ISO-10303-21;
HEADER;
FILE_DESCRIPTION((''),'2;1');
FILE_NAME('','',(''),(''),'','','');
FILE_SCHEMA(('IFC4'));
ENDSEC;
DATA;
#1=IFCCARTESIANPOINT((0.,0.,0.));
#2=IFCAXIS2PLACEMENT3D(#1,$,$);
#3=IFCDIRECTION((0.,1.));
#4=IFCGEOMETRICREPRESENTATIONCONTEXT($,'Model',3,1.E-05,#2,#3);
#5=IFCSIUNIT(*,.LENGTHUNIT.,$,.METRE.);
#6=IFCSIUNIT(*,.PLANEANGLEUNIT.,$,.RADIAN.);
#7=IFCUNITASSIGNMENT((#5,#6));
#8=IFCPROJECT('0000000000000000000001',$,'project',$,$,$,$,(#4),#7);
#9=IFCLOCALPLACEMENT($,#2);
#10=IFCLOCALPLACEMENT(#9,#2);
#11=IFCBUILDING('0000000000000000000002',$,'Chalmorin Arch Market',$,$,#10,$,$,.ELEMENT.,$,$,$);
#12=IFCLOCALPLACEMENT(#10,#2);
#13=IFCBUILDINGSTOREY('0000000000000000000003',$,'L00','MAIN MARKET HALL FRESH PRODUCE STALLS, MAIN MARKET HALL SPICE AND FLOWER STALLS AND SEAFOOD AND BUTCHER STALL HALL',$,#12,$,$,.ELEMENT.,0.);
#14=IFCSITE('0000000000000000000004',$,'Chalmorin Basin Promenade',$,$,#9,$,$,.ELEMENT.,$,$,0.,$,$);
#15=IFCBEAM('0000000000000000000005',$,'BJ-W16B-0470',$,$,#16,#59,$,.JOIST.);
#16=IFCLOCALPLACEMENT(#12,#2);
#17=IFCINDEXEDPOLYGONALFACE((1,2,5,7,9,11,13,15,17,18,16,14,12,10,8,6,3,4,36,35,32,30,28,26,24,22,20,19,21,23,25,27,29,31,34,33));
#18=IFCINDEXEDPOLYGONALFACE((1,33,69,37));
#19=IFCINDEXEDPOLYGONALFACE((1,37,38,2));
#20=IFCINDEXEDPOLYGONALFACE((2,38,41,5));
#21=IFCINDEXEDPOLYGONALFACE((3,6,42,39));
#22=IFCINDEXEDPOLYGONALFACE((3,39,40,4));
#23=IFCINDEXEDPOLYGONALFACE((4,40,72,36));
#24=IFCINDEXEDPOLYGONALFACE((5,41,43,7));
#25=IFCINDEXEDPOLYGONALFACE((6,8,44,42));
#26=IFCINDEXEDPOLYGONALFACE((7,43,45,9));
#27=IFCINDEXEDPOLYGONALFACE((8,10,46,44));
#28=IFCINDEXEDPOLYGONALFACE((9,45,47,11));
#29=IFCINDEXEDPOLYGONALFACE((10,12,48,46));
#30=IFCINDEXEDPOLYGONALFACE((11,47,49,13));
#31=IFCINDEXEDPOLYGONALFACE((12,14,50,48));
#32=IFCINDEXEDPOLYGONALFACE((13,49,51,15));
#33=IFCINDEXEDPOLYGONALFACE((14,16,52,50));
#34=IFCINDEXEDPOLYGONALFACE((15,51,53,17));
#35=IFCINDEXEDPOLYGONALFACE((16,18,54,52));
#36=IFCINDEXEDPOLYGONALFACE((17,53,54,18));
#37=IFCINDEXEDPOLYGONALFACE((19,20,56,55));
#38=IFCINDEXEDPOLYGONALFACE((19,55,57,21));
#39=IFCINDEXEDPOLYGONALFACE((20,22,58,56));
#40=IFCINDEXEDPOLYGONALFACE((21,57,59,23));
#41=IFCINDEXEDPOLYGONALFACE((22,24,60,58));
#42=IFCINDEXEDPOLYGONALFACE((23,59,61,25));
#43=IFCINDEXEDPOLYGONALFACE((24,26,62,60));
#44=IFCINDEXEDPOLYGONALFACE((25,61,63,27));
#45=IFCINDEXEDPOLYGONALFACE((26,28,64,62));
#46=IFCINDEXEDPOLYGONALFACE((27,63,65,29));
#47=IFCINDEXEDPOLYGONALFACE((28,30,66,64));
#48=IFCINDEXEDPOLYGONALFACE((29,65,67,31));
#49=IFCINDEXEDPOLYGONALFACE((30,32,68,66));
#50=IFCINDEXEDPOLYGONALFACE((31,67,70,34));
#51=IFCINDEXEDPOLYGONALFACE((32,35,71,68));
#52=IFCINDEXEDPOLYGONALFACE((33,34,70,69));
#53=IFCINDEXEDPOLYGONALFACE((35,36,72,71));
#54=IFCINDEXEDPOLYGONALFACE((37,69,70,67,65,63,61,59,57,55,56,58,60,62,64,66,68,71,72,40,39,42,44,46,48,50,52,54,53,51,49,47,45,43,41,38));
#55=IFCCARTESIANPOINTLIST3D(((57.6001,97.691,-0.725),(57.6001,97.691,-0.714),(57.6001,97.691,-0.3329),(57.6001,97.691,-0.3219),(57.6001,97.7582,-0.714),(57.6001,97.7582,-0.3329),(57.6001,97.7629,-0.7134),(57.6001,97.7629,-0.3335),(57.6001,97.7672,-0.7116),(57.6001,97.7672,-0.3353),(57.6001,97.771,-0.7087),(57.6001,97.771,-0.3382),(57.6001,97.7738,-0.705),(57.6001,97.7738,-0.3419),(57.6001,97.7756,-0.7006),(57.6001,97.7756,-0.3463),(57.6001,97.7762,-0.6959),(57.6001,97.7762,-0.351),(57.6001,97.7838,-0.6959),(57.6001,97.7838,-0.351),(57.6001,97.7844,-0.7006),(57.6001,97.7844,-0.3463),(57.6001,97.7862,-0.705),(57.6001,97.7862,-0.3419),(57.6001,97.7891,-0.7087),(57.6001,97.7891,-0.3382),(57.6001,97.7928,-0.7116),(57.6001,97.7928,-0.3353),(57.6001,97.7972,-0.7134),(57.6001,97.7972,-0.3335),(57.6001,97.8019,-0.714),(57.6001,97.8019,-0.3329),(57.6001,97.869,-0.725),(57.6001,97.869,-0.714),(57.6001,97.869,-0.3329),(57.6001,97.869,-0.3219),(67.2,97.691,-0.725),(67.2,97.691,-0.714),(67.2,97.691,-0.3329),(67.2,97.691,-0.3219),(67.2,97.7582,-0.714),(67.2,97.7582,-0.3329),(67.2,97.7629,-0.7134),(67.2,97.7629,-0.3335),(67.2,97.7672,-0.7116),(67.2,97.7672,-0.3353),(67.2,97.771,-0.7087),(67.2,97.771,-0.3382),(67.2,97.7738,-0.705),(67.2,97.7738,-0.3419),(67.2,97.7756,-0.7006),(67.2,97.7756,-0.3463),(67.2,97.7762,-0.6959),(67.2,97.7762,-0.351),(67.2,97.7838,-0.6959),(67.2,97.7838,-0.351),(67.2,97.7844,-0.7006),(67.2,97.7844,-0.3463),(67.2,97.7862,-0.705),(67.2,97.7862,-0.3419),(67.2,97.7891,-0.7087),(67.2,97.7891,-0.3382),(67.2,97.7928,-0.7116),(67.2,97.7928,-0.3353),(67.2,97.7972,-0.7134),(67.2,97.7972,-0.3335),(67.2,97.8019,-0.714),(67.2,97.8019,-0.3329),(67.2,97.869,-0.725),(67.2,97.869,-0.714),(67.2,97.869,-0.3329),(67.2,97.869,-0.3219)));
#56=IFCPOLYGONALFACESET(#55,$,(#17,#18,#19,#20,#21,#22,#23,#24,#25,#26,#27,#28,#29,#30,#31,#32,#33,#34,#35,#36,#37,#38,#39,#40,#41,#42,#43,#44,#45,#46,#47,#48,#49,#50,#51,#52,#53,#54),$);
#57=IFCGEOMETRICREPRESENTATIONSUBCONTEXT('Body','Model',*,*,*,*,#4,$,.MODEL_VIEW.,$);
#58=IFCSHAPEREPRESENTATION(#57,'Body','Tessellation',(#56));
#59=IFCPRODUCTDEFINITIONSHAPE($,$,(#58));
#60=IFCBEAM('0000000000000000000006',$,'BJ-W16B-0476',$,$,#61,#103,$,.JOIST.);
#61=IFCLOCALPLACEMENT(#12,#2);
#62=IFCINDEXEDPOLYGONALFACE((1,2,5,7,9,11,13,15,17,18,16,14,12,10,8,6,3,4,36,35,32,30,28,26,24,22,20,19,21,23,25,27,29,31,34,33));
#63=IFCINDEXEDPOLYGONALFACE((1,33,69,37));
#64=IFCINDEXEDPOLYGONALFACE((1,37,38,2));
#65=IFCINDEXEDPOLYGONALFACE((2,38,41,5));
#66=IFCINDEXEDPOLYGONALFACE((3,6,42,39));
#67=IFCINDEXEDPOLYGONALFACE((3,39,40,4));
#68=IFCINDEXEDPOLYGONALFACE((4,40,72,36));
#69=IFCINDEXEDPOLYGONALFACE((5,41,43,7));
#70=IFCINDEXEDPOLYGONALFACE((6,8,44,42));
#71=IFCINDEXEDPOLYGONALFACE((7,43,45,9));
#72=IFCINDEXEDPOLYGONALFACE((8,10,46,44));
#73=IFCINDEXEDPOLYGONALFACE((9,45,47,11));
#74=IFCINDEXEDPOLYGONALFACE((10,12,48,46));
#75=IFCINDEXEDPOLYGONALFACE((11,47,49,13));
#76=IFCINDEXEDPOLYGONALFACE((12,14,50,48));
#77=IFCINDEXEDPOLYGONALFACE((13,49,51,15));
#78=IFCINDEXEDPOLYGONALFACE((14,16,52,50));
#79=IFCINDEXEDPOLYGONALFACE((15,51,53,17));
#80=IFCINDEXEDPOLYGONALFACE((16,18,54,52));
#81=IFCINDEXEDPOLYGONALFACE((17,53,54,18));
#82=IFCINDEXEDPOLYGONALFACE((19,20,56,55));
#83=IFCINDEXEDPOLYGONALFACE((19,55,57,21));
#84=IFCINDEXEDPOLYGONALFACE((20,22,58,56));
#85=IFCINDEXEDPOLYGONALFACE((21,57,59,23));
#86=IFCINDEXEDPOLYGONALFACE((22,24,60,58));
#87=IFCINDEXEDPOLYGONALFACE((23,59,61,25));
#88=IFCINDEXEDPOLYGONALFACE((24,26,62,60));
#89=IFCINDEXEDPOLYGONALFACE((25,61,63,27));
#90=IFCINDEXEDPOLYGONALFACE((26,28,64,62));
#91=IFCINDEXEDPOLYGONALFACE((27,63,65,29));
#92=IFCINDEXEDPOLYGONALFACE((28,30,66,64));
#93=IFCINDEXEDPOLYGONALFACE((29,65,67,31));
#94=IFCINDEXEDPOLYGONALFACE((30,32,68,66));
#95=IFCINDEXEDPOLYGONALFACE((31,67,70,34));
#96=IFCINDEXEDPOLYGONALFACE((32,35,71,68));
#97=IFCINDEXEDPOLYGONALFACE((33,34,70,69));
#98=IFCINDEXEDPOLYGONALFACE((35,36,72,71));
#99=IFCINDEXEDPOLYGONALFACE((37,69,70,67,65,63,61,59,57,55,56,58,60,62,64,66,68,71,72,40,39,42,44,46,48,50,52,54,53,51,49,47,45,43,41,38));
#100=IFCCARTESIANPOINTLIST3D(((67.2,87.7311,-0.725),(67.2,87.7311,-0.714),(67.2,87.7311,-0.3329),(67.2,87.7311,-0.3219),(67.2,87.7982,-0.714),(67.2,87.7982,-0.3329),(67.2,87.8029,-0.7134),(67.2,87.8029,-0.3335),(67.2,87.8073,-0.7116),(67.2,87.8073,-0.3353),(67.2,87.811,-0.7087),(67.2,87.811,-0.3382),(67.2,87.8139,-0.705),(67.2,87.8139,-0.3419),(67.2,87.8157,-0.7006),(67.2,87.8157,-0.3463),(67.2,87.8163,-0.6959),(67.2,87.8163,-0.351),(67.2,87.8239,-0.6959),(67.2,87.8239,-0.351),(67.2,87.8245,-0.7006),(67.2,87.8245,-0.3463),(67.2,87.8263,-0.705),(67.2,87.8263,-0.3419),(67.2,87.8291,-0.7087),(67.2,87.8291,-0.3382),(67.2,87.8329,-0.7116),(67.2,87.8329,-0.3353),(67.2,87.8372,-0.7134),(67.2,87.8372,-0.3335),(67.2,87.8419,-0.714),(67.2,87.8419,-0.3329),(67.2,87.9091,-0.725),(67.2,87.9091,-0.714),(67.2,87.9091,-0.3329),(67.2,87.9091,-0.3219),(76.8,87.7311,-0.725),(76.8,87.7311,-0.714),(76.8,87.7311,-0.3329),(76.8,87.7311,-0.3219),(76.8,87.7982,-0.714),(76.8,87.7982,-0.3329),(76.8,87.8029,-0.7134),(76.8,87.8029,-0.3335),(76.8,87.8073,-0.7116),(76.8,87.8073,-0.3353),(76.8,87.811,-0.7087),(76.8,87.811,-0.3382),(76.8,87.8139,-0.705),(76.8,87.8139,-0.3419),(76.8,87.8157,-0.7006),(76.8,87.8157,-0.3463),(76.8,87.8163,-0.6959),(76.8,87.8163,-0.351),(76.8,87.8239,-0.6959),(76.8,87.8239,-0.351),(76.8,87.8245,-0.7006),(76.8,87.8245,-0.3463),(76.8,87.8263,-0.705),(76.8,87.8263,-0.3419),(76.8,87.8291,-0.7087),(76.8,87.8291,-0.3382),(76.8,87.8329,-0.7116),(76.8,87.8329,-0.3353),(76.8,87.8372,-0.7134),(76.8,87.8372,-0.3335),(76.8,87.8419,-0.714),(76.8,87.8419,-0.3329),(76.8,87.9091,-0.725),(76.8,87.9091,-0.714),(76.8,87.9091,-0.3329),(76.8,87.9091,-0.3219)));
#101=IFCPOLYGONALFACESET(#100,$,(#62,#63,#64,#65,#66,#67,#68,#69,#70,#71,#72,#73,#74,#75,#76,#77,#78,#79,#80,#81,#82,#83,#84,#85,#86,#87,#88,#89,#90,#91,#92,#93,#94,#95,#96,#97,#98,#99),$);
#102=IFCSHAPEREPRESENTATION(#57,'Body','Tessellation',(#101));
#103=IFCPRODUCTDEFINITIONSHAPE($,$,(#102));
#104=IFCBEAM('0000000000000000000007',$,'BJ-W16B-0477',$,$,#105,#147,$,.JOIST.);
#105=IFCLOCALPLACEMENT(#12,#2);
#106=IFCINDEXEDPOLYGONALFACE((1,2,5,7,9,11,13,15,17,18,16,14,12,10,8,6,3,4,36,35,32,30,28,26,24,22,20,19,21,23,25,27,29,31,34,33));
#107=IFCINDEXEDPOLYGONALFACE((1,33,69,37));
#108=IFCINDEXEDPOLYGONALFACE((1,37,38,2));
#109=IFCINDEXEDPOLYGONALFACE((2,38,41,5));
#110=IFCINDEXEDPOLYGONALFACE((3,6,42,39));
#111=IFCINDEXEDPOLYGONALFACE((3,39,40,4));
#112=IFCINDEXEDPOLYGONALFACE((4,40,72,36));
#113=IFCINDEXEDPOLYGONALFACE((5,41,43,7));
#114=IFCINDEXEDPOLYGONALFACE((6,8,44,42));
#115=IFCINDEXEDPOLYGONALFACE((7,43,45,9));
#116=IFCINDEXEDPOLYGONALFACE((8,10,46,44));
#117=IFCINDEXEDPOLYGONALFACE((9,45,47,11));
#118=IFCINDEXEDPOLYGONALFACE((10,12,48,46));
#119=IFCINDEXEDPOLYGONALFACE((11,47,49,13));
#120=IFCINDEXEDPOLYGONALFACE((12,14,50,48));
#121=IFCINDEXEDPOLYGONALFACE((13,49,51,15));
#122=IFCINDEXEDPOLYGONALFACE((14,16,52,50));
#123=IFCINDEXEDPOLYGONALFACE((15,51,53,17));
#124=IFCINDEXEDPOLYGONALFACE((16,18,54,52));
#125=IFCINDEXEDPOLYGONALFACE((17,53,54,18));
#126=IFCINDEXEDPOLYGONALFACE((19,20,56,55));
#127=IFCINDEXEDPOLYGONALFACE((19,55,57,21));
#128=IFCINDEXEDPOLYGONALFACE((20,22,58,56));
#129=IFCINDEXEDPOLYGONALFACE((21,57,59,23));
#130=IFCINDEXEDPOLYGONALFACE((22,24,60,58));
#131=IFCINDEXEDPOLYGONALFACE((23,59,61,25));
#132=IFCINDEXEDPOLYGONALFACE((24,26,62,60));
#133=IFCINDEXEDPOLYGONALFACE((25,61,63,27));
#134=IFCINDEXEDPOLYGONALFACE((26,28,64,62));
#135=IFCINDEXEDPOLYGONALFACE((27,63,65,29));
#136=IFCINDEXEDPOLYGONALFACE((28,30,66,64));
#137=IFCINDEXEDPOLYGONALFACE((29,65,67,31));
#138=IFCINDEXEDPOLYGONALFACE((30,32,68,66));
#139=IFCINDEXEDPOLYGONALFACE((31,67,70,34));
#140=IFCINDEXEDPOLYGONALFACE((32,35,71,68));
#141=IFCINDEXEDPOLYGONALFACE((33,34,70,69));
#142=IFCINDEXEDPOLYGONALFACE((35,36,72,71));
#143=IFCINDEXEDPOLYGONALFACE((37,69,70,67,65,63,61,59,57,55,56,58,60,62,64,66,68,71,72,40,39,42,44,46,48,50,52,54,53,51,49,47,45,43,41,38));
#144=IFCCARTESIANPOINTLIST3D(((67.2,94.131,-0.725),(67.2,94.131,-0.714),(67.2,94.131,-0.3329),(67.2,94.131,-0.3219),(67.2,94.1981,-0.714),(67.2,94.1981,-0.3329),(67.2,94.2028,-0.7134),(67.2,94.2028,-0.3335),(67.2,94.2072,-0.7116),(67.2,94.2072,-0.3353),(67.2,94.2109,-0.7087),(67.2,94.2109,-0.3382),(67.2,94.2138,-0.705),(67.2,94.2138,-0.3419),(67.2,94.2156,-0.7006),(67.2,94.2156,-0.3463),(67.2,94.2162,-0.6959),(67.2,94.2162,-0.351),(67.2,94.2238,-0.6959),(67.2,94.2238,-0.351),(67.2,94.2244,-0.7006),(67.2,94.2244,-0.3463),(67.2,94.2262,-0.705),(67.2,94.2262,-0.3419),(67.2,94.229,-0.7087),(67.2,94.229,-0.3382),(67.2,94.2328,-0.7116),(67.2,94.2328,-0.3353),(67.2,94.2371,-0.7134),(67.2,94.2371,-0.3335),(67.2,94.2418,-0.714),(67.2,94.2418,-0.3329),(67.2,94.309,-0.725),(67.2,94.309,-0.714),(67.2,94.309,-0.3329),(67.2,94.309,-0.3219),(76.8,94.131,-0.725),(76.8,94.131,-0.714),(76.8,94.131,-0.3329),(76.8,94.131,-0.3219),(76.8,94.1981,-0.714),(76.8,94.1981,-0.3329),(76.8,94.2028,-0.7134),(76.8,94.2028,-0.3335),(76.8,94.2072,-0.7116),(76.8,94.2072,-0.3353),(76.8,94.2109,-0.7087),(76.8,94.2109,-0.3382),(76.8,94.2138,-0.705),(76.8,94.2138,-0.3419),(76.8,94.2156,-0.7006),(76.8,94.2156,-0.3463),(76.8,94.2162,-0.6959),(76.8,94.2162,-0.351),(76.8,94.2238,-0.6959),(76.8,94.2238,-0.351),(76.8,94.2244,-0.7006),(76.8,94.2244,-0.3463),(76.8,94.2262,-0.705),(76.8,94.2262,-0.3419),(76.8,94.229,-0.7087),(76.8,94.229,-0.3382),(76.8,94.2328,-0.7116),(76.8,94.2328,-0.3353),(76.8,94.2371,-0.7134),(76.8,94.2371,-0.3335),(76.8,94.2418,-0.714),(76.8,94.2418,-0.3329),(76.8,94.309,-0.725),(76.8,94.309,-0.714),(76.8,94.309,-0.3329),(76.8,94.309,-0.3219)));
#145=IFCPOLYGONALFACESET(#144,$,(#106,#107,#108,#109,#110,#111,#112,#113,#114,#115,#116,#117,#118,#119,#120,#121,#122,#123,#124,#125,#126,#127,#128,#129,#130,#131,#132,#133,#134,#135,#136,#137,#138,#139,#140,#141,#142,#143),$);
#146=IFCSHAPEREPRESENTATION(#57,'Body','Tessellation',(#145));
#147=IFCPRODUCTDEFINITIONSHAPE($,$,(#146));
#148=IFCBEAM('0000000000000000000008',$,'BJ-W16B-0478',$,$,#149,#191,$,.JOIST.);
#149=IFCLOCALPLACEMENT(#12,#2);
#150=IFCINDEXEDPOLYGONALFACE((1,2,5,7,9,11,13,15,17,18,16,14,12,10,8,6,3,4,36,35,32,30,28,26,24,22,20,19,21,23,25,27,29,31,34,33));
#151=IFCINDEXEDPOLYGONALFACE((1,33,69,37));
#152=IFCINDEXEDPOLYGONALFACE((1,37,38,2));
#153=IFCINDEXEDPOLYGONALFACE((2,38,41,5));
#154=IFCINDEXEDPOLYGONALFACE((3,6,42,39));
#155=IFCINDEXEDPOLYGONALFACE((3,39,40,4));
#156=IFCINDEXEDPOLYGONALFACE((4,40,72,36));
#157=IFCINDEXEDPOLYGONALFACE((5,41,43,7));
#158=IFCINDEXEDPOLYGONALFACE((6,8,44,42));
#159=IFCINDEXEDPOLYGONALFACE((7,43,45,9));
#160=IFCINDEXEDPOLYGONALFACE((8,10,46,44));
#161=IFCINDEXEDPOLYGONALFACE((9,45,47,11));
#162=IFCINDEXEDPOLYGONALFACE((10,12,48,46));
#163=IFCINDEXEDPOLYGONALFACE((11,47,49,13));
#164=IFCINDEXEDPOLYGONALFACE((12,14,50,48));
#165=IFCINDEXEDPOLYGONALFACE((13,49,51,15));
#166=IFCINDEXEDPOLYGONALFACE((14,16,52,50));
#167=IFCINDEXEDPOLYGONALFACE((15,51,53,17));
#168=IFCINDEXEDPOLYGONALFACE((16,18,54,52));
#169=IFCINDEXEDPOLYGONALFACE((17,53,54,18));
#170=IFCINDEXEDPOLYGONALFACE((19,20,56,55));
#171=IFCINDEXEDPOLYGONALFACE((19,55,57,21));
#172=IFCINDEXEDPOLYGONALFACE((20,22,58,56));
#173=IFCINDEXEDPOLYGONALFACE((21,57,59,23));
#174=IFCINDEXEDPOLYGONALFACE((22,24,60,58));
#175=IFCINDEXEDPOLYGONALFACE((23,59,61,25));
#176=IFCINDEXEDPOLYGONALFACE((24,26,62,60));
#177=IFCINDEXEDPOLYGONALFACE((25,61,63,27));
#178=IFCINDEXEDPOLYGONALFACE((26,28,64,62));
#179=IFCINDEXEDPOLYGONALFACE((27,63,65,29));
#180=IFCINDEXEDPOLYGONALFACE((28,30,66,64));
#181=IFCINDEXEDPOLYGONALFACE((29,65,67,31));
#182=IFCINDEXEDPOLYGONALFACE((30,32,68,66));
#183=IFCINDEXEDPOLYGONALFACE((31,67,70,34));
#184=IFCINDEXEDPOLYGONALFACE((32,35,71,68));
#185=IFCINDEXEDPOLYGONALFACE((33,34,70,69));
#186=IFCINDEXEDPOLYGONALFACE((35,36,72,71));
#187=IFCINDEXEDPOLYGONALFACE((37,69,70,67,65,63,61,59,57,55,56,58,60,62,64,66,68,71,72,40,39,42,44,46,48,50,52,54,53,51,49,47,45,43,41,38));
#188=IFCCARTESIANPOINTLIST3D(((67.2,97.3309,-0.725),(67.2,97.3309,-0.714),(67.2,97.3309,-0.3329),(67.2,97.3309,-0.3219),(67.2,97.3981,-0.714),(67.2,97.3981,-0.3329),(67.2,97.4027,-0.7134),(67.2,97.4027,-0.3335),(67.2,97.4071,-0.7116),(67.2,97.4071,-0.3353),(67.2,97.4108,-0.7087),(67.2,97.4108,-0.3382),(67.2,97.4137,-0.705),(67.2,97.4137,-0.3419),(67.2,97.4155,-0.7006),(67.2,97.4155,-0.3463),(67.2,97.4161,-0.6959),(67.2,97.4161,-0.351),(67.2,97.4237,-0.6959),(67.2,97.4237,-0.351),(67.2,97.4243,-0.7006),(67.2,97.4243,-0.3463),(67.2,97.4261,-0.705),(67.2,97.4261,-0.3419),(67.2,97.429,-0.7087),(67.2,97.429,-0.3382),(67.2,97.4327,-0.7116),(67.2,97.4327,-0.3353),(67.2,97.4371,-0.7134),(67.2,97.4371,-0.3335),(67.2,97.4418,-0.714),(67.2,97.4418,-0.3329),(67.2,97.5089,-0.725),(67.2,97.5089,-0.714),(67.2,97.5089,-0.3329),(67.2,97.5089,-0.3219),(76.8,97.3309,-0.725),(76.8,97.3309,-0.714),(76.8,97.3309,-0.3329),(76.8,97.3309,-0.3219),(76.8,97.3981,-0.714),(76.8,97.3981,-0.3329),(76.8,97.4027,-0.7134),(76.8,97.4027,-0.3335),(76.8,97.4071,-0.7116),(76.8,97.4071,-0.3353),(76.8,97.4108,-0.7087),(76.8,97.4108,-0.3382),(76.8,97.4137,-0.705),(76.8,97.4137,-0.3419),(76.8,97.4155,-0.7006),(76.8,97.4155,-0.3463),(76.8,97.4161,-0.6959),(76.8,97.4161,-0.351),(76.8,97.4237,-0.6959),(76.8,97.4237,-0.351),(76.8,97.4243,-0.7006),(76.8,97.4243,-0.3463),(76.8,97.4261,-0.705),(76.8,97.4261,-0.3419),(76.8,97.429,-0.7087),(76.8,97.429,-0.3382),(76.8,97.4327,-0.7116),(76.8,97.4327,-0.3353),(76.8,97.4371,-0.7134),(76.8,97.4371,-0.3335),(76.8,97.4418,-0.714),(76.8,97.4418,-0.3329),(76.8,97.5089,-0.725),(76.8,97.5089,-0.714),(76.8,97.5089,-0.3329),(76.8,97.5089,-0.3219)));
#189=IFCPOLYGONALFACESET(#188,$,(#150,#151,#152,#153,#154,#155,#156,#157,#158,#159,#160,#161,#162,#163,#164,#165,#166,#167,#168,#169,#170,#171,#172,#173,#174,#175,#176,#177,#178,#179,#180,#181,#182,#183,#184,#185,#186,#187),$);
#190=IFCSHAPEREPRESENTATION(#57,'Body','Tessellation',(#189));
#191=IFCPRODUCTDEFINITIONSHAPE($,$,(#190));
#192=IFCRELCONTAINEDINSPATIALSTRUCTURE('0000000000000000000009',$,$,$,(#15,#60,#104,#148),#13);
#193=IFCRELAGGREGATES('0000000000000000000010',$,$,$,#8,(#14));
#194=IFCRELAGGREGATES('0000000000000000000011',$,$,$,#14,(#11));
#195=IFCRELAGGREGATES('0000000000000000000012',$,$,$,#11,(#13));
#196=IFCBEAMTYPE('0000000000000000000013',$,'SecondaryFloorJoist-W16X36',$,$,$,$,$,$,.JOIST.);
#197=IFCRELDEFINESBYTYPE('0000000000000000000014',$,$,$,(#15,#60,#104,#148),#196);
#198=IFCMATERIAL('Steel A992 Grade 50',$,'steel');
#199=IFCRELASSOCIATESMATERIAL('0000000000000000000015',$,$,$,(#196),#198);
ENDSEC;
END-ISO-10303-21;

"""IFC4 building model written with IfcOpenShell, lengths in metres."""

from ifc_helpers import new_model, si_unit, direction, frame, origin, origin_2d, place, context, subcontext, project, spatial, i_section, extrude, material, material_profile, profile_set, type_object, element, save


model = new_model("IFC4")

# Units and contexts
model_context = context("Model", 3, precision=1e-05, world=origin(), true_north=direction((0.0, 1.0)))
body_context = subcontext(model_context, "Body", "Model", "MODEL_VIEW")
ifc_project = project(units=[si_unit("LENGTHUNIT", "METRE"), si_unit("PLANEANGLEUNIT", "RADIAN")], contexts=[model_context])

# Site, building, storey
site_placement = place(None, origin())
site = spatial("IfcSite", under=ifc_project, at=site_placement, Name="Chalmorin Basin Promenade", CompositionType="ELEMENT", RefElevation=0.0)
building_placement = place(site_placement, origin())
building = spatial("IfcBuilding", under=site, at=building_placement, Name="Chalmorin Arch Market", CompositionType="ELEMENT")
storey_placement = place(building_placement, origin())
storey = spatial("IfcBuildingStorey", under=building, at=storey_placement, Name="L00", Description="MAIN MARKET HALL FRESH PRODUCE STALLS, MAIN MARKET HALL SPICE AND FLOWER STALLS AND SEAFOOD AND BUTCHER STALL HALL", CompositionType="ELEMENT", Elevation=0.0)

# Beams
ifc_material_1 = material(Name="Steel A992 Grade 50", Category="steel")
ifc_material_profile_1 = material_profile(ifc_material_1, i_section(OverallWidth=0.178, OverallDepth=0.4031, WebThickness=0.0076, FlangeThickness=0.011, FilletRadius=0.0181, at=origin_2d()), Name="W16X36")
ifc_profile_set_1 = profile_set([ifc_material_profile_1], Name="Steel A992 Grade 50")
beam_type_1 = type_object("IfcBeamType", Name="SecondaryFloorJoist-W16X36", PredefinedType="JOIST", material=ifc_profile_set_1)
for number, where, z_axis, x_axis, name in (
    (1, (57.6001, 97.78, -0.5234), (1.0, 0.0, 0.0), (0.0, 1.0, 0.0), "BJ-W16B-0470"),
):
    element("IfcBeam", number, at=place(storey_placement, frame(where, z_axis=z_axis, x_axis=x_axis)), inside=storey, type_object=beam_type_1, Name=name, PredefinedType="JOIST", context=body_context, shape_type="SweptSolid", body=[
        extrude(i_section(OverallWidth=0.178, OverallDepth=0.4031, WebThickness=0.0076, FlangeThickness=0.011, FilletRadius=0.0181, at=origin_2d()), origin(), (0.0, 0.0, 1.0), 9.5999),
    ])
for number, where, z_axis, x_axis, name in (
    (2, (67.2, 87.8201, -0.5234), (1.0, 0.0, 0.0), (0.0, 1.0, 0.0), "BJ-W16B-0476"),
    (3, (67.2, 94.22, -0.5234), (1.0, 0.0, 0.0), (0.0, 1.0, 0.0), "BJ-W16B-0477"),
    (4, (67.2, 97.4199, -0.5234), (1.0, 0.0, 0.0), (0.0, 1.0, 0.0), "BJ-W16B-0478"),
):
    element("IfcBeam", number, at=place(storey_placement, frame(where, z_axis=z_axis, x_axis=x_axis)), inside=storey, type_object=beam_type_1, Name=name, PredefinedType="JOIST", context=body_context, shape_type="SweptSolid", body=[
        extrude(i_section(OverallWidth=0.178, OverallDepth=0.4031, WebThickness=0.0076, FlangeThickness=0.011, FilletRadius=0.0181, at=origin_2d()), origin(), (0.0, 0.0, 1.0), 9.6001),
    ])

save(model, "model.ifc")
